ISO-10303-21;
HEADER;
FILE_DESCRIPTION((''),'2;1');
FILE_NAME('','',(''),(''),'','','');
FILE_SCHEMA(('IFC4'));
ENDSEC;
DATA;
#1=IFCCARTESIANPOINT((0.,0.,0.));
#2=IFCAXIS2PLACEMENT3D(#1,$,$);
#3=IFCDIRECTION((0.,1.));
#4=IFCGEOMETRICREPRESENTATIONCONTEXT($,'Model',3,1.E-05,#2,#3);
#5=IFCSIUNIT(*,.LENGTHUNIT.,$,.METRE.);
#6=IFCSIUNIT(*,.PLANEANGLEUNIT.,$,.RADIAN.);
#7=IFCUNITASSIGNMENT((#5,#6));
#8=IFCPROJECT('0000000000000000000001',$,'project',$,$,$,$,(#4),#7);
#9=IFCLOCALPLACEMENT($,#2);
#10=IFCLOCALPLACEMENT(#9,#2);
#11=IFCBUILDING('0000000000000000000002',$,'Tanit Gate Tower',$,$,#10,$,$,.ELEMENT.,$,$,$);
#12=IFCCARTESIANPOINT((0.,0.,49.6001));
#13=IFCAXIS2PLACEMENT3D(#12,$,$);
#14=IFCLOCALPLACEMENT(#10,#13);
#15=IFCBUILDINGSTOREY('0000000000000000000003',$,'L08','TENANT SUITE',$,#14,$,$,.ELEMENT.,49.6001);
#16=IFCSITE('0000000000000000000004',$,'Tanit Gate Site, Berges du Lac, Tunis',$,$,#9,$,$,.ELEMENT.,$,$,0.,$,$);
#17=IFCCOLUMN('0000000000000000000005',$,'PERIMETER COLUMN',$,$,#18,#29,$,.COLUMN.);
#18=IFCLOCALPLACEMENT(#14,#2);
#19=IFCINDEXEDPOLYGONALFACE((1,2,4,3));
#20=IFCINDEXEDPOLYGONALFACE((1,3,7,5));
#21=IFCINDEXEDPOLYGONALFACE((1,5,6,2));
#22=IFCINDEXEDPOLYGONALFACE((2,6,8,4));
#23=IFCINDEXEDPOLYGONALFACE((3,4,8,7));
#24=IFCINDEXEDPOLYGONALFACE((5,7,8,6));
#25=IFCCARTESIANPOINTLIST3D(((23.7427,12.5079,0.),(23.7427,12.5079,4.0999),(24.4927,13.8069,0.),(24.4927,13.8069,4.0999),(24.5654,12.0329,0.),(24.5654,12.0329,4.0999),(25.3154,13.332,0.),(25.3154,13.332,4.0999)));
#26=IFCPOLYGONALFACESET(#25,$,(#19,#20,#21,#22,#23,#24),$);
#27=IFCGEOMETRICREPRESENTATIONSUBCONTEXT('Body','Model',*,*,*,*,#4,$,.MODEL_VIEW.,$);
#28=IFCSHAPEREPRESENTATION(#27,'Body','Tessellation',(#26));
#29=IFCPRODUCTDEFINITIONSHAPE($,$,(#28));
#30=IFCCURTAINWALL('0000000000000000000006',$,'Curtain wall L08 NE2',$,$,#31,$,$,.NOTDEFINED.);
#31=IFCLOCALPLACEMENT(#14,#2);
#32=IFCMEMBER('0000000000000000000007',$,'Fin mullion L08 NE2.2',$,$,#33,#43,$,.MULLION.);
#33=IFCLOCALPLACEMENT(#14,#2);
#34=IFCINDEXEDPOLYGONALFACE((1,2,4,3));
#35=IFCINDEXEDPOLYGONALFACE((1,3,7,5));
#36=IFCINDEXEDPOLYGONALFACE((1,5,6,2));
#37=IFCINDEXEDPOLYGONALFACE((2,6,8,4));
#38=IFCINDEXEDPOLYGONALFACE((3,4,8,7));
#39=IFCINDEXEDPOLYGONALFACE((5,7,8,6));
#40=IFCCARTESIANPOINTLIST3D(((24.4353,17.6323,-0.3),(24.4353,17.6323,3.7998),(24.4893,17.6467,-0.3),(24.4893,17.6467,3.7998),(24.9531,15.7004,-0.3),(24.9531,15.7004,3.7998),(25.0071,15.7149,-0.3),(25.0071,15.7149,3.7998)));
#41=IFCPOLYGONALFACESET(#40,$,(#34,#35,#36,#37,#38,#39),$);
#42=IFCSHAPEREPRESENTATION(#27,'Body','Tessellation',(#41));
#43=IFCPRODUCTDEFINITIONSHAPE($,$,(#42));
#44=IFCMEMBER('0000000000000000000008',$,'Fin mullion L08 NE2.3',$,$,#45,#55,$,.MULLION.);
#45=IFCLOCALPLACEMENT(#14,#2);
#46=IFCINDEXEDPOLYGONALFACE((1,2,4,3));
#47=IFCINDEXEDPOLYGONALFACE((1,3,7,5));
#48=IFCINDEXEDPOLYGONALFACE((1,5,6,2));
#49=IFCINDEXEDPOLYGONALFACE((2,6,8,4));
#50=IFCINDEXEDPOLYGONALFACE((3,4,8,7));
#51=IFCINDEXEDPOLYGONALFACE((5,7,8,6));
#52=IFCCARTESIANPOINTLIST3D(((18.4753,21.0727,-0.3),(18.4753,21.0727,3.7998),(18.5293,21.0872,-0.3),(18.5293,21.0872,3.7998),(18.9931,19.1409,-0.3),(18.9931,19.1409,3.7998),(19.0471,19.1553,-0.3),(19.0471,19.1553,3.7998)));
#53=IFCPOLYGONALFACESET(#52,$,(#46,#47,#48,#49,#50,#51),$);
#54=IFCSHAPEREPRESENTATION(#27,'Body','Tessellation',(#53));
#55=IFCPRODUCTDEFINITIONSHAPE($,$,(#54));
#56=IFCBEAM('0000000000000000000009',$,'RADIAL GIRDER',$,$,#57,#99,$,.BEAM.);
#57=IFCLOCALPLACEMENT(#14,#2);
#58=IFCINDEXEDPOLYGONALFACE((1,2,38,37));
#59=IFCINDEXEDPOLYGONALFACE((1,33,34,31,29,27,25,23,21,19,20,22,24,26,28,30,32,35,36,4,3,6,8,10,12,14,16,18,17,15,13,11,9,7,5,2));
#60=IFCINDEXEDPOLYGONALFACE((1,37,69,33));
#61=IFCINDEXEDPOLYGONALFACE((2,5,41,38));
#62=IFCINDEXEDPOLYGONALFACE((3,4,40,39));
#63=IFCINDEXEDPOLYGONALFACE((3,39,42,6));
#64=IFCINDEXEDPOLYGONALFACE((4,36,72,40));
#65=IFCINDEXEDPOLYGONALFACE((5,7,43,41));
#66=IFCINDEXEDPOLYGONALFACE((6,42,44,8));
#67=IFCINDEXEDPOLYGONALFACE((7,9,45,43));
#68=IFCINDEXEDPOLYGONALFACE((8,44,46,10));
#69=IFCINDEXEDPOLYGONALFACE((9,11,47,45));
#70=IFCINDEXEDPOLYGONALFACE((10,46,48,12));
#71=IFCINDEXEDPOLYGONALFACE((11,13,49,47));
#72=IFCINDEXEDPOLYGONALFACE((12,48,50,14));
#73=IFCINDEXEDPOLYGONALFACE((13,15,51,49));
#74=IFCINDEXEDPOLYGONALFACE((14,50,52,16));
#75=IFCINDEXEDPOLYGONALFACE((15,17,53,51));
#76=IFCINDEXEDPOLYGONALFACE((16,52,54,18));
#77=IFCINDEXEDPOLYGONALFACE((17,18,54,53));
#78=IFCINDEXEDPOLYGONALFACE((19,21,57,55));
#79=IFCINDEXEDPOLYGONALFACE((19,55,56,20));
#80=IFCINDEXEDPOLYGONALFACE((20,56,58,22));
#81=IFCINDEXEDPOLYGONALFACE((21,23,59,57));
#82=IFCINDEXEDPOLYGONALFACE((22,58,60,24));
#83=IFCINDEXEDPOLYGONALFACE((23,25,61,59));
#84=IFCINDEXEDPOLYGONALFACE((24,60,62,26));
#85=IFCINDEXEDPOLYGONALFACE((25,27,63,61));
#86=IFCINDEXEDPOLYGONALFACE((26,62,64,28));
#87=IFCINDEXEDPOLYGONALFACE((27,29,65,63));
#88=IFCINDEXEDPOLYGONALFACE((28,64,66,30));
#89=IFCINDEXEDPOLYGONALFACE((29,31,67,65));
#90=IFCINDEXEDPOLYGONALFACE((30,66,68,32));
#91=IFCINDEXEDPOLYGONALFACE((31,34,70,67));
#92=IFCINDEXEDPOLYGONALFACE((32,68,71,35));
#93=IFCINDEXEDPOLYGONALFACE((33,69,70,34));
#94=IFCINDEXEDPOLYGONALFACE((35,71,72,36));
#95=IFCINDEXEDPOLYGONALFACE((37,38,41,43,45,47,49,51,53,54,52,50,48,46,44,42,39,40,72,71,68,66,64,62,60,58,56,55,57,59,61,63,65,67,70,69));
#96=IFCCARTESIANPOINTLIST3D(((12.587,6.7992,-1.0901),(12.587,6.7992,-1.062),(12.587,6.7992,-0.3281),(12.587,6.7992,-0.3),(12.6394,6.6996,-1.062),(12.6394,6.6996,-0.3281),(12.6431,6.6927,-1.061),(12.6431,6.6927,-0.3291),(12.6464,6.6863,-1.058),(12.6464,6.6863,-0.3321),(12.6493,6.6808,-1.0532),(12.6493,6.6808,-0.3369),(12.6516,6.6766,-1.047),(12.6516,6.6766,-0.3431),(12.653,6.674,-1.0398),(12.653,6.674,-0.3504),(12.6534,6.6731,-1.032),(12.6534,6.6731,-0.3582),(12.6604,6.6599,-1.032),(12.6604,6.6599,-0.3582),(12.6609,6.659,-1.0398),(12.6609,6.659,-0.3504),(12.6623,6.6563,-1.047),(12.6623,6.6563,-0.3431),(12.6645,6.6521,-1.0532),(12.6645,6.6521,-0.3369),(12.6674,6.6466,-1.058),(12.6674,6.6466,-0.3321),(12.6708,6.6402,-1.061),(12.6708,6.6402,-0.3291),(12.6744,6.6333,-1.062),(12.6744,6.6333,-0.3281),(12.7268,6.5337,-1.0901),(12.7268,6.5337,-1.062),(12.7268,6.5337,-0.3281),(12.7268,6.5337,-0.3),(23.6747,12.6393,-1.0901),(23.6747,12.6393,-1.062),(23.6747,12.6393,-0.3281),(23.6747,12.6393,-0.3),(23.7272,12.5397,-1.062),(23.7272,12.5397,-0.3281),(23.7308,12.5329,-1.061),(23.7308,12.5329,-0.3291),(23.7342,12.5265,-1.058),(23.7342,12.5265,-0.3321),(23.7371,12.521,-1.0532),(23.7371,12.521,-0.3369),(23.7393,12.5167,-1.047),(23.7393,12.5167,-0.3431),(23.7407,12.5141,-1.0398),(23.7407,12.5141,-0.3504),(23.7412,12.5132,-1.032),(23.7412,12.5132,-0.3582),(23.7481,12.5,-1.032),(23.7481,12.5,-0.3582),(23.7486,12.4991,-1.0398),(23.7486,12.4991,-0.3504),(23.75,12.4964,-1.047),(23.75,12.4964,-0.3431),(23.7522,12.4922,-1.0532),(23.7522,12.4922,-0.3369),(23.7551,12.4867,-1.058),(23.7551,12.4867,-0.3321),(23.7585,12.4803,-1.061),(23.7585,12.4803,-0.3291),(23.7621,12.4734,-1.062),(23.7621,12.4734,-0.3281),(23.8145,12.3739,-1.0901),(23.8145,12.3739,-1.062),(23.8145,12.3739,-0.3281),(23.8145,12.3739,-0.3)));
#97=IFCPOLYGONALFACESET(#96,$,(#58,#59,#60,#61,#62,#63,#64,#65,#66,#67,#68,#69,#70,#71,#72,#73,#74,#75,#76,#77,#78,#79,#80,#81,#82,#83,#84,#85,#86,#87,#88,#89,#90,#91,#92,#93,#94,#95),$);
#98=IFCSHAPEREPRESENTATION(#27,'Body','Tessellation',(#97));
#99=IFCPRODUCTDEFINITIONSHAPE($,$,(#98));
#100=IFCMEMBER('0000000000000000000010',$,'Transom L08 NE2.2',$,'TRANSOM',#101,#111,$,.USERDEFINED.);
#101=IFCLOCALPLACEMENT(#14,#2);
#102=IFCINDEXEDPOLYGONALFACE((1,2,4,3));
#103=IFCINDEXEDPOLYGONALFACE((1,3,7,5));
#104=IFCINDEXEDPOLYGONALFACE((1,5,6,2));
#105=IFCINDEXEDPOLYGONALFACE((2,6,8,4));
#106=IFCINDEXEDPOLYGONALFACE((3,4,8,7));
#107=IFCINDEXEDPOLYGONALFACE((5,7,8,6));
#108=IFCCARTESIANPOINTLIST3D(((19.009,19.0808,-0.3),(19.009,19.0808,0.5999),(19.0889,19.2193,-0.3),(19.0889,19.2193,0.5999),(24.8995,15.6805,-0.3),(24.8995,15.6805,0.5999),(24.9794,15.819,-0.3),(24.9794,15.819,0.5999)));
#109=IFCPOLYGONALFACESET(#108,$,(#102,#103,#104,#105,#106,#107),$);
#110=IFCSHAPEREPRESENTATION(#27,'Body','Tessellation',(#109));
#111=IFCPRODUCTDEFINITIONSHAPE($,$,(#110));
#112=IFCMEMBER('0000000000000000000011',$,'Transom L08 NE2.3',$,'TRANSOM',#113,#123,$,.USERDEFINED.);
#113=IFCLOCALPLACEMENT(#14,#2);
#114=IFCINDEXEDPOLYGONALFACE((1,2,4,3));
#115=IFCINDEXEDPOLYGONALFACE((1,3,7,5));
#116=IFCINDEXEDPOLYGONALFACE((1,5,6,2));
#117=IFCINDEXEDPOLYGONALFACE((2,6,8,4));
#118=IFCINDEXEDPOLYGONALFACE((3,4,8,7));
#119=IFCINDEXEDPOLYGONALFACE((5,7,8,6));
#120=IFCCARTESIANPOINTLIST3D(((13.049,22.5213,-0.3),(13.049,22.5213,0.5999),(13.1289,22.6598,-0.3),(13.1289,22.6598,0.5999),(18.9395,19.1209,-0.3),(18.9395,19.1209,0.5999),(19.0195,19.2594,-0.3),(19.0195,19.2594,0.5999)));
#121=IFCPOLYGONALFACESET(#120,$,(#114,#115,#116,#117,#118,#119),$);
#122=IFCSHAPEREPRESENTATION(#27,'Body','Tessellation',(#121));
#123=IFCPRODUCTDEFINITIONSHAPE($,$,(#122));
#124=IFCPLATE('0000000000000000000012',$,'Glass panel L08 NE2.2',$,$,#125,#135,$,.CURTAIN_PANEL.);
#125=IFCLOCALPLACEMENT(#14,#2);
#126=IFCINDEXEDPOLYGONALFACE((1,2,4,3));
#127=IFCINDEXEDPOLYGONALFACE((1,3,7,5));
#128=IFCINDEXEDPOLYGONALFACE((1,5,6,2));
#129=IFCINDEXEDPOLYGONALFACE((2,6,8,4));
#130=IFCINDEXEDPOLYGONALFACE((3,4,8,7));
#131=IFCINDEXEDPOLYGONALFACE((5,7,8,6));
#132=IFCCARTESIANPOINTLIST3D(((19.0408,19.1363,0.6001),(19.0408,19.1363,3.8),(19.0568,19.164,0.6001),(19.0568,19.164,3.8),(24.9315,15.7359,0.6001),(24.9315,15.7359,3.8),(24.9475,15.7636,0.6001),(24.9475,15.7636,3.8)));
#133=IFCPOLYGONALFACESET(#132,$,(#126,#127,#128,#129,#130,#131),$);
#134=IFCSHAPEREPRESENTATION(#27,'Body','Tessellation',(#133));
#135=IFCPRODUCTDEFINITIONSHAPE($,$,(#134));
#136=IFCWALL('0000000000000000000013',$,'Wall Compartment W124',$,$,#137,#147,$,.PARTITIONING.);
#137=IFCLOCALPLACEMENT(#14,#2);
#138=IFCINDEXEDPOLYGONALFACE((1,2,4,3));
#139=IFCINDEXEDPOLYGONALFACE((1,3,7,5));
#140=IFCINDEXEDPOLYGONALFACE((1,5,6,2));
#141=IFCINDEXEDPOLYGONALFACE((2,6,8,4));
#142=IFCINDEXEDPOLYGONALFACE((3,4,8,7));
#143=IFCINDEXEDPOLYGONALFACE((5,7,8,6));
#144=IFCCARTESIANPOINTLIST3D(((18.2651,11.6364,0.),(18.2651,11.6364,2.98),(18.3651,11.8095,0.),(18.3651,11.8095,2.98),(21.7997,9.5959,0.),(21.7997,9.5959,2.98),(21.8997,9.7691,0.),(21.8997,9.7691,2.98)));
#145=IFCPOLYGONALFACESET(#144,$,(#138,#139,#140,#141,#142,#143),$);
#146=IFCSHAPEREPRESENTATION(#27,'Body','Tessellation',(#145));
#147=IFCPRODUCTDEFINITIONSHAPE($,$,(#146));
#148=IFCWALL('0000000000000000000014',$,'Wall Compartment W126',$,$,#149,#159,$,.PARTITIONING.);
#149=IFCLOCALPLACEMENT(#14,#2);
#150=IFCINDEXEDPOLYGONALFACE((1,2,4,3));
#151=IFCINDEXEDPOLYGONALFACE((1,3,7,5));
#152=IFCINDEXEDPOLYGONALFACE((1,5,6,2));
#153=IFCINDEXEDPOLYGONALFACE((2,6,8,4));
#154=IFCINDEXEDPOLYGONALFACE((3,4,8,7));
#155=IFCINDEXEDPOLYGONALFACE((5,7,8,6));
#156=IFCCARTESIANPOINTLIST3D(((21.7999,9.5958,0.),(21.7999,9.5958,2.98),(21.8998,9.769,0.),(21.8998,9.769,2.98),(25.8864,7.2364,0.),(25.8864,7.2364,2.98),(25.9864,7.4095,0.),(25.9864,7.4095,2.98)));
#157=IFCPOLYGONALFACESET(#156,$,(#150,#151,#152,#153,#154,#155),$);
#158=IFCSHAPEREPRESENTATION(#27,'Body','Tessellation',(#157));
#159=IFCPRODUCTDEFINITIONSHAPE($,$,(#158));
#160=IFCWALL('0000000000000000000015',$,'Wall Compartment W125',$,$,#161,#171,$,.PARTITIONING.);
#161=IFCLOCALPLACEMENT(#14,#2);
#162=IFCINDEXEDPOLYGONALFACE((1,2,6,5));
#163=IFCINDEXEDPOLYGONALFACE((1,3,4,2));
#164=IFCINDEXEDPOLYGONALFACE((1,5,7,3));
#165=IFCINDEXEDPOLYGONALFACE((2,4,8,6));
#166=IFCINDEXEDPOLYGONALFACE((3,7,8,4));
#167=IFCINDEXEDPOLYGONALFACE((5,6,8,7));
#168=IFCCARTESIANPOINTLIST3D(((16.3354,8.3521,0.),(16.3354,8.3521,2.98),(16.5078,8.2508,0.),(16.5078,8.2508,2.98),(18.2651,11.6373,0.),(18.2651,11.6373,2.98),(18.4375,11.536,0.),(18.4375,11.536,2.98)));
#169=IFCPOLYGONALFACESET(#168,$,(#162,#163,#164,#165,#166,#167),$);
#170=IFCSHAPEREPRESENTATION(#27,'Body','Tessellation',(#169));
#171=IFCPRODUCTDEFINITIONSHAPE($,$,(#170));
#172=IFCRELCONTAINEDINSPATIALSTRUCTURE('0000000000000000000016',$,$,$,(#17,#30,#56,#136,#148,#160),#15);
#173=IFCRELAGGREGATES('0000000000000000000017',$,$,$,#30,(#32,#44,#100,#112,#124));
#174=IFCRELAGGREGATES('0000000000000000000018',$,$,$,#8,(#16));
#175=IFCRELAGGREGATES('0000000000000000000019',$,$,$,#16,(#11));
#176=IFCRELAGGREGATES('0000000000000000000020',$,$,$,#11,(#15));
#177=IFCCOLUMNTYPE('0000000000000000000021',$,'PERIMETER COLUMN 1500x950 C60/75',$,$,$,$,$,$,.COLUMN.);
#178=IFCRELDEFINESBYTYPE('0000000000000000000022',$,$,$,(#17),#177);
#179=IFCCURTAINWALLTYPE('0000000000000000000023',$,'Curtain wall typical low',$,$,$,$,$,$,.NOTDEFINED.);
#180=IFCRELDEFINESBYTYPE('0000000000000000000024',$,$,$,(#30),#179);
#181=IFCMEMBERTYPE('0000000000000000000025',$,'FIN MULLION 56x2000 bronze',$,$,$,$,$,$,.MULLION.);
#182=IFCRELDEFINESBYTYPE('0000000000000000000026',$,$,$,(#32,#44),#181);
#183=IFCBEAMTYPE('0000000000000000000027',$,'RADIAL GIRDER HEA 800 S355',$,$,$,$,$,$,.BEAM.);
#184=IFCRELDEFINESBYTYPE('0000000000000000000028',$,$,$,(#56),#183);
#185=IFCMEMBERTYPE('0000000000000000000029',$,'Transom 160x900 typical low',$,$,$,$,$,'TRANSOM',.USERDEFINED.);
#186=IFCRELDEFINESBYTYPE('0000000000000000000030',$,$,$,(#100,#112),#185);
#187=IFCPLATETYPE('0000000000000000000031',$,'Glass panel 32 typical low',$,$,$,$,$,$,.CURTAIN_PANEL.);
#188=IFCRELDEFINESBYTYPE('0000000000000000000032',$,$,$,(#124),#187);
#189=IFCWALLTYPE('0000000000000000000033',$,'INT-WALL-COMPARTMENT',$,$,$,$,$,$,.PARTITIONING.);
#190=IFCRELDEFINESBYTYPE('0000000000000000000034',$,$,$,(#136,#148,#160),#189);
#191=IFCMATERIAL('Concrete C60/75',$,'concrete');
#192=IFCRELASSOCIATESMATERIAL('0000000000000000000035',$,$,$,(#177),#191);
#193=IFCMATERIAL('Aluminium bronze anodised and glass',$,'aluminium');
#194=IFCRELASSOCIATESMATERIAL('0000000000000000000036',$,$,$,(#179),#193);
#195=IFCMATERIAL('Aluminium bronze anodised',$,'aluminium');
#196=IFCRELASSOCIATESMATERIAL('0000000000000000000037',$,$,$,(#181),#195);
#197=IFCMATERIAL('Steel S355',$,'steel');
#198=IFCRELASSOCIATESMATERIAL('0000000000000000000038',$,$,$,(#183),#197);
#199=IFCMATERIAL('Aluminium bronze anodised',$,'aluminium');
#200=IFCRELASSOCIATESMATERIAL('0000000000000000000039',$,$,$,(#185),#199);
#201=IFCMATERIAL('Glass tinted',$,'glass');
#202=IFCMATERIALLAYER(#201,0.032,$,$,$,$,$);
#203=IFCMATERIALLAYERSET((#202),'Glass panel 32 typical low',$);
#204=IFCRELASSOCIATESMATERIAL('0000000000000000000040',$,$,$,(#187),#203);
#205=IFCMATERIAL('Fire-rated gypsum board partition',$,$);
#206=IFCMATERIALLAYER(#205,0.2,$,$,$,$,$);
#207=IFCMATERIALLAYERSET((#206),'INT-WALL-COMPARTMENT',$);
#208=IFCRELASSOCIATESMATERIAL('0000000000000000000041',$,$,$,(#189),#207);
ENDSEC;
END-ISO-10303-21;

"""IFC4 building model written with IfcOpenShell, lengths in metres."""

from ifc_helpers import new_model, si_unit, direction, frame, frame_2d, origin, origin_2d, place, context, subcontext, project, spatial, rectangle, i_section, extrude, material, layer, layer_set, material_profile, profile_set, type_object, element, aggregate, save


model = new_model("IFC4")

# Units and contexts
model_context = context("Model", 3, precision=1e-05, world=origin(), true_north=direction((0.0, 1.0)))
body_context = subcontext(model_context, "Body", "Model", "MODEL_VIEW")
ifc_project = project(units=[si_unit("LENGTHUNIT", "METRE"), si_unit("PLANEANGLEUNIT", "RADIAN")], contexts=[model_context])

# Site, building, storey
site_placement = place(None, origin())
site = spatial("IfcSite", under=ifc_project, at=site_placement, Name="Tanit Gate Site, Berges du Lac, Tunis", CompositionType="ELEMENT", RefElevation=0.0)
building_placement = place(site_placement, origin())
building = spatial("IfcBuilding", under=site, at=building_placement, Name="Tanit Gate Tower", CompositionType="ELEMENT")
storey_placement = place(building_placement, frame((0.0, 0.0, 49.6001)))
storey = spatial("IfcBuildingStorey", under=building, at=storey_placement, Name="L08", Description="TENANT SUITE", CompositionType="ELEMENT", Elevation=49.6001)

# Column
ifc_material_1 = material(Name="Concrete C60/75", Category="concrete")
ifc_material_profile_1 = material_profile(ifc_material_1, rectangle(XDim=1.5, YDim=0.95, at=origin_2d()), Name="RC 1500x950")
ifc_profile_set_1 = profile_set([ifc_material_profile_1], Name="Concrete C60/75")
column_type = type_object("IfcColumnType", Name="PERIMETER COLUMN 1500x950 C60/75", PredefinedType="COLUMN", material=ifc_profile_set_1)
column_placement = place(storey_placement, frame((24.5291, 12.9199, 0.0), z_axis=(0.0, 0.0, 1.0), x_axis=(0.5, 0.866025, 0.0)))
element("IfcColumn", 1, at=column_placement, inside=storey, type_object=column_type, Name="PERIMETER COLUMN", PredefinedType="COLUMN", context=body_context, shape_type="SweptSolid", body=[
    extrude(rectangle(XDim=1.5, YDim=0.95, at=origin_2d()), origin(), (0.0, 0.0, 1.0), 4.0999),
])

# Curtain wall, members
ifc_material_2 = material(Name="Aluminium bronze anodised and glass", Category="aluminium")
curtain_wall_type = type_object("IfcCurtainWallType", Name="Curtain wall typical low", PredefinedType="NOTDEFINED", material=ifc_material_2)
curtain_wall_placement = place(storey_placement, origin())
curtain_wall = element("IfcCurtainWall", 2, at=curtain_wall_placement, inside=storey, type_object=curtain_wall_type, Name="Curtain wall L08 NE2", PredefinedType="NOTDEFINED")
ifc_material_3 = material(Name="Aluminium bronze anodised", Category="aluminium")
ifc_material_profile_2 = material_profile(ifc_material_3, rectangle(XDim=2.0, YDim=0.0559, at=origin_2d()), Name="56x2000 bronze fin mullion")
ifc_profile_set_2 = profile_set([ifc_material_profile_2], Name="Aluminium bronze anodised")
member_type_1 = type_object("IfcMemberType", Name="FIN MULLION 56x2000 bronze", PredefinedType="MULLION", material=ifc_profile_set_2)
member_1_placement = place(storey_placement, frame((24.7212, 16.6736, -0.3), z_axis=(0.0, 0.0, 1.0), x_axis=(0.258886, -0.965908, 0.0)))
member_1 = element("IfcMember", 3, at=member_1_placement, type_object=member_type_1, Name="Fin mullion L08 NE2.2", PredefinedType="MULLION", context=body_context, shape_type="SweptSolid", body=[
    extrude(rectangle(XDim=2.0, YDim=0.0559, at=origin_2d()), origin(), (0.0, 0.0, 1.0), 4.0999),
])
member_2_placement = place(storey_placement, frame((18.7612, 20.114, -0.3), z_axis=(0.0, 0.0, 1.0), x_axis=(0.258886, -0.965908, 0.0)))
member_2 = element("IfcMember", 4, at=member_2_placement, type_object=member_type_1, Name="Fin mullion L08 NE2.3", PredefinedType="MULLION", context=body_context, shape_type="SweptSolid", body=[
    extrude(rectangle(XDim=2.0, YDim=0.0559, at=origin_2d()), origin(), (0.0, 0.0, 1.0), 4.0999),
])

# Beam
ifc_material_4 = material(Name="Steel S355", Category="steel")
ifc_material_profile_3 = material_profile(ifc_material_4, i_section(OverallWidth=0.3, OverallDepth=0.79, WebThickness=0.0149, FlangeThickness=0.0281, FilletRadius=0.03, at=origin_2d()), Name="HEA 800")
ifc_profile_set_3 = profile_set([ifc_material_profile_3], Name="Steel S355")
beam_type = type_object("IfcBeamType", Name="RADIAL GIRDER HEA 800 S355", PredefinedType="BEAM", material=ifc_profile_set_3)
beam_placement = place(storey_placement, frame((23.7446, 12.5066, -0.6951), z_axis=(-0.884771, -0.466027, 0.0), x_axis=(0.466027, -0.884771, 0.0)))
element("IfcBeam", 5, at=beam_placement, inside=storey, type_object=beam_type, Name="RADIAL GIRDER", PredefinedType="BEAM", context=body_context, shape_type="SweptSolid", body=[
    extrude(i_section(OverallWidth=0.3, OverallDepth=0.79, WebThickness=0.0149, FlangeThickness=0.0281, FilletRadius=0.03, at=origin_2d()), origin(), (0.0, 0.0, 1.0), 12.5317),
])

# Members
ifc_material_5 = material(Name="Aluminium bronze anodised", Category="aluminium")
ifc_material_profile_4 = material_profile(ifc_material_5, rectangle(XDim=0.1599, YDim=0.8999, at=origin_2d()), Name="160x900 bronze transom")
ifc_profile_set_4 = profile_set([ifc_material_profile_4], Name="Aluminium bronze anodised")
member_type_2 = type_object("IfcMemberType", Name="Transom 160x900 typical low", ElementType="TRANSOM", PredefinedType="USERDEFINED", material=ifc_profile_set_4)
member_3_placement = place(storey_placement, frame((24.9395, 15.7498, 0.1499), z_axis=(-0.866061, 0.499938, 0.0), x_axis=(-0.499938, -0.866061, 0.0)))
member_3 = element("IfcMember", 6, at=member_3_placement, type_object=member_type_2, Name="Transom L08 NE2.2", ObjectType="TRANSOM", PredefinedType="USERDEFINED", context=body_context, shape_type="SweptSolid", body=[
    extrude(rectangle(XDim=0.1599, YDim=0.8999, at=origin_2d()), origin(), (0.0, 0.0, 1.0), 6.8015),
])
member_4_placement = place(storey_placement, frame((18.9795, 19.1902, 0.1499), z_axis=(-0.866061, 0.499938, 0.0), x_axis=(-0.499938, -0.866061, 0.0)))
member_4 = element("IfcMember", 7, at=member_4_placement, type_object=member_type_2, Name="Transom L08 NE2.3", ObjectType="TRANSOM", PredefinedType="USERDEFINED", context=body_context, shape_type="SweptSolid", body=[
    extrude(rectangle(XDim=0.1599, YDim=0.8999, at=origin_2d()), origin(), (0.0, 0.0, 1.0), 6.8015),
])

# Plate
ifc_material_6 = material(Name="Glass tinted", Category="glass")
ifc_layer_1 = layer(ifc_material_6, 0.032)
ifc_layer_set_1 = layer_set([ifc_layer_1], Name="Glass panel 32 typical low")
plate_type = type_object("IfcPlateType", Name="Glass panel 32 typical low", PredefinedType="CURTAIN_PANEL", material=ifc_layer_set_1)
plate_placement = place(storey_placement, frame((21.9941, 17.45, 0.6001), z_axis=(0.0, 0.0, 1.0), x_axis=(-0.86606, 0.49994, 0.0)))
plate = element("IfcPlate", 8, at=plate_placement, type_object=plate_type, Name="Glass panel L08 NE2.2", PredefinedType="CURTAIN_PANEL", context=body_context, shape_type="SweptSolid", body=[
    extrude(rectangle(XDim=6.8018, YDim=0.032, at=origin_2d()), origin(), (0.0, 0.0, 1.0), 3.2),
])
aggregate(curtain_wall, [member_1, member_2, member_3, member_4, plate])

# Walls
ifc_material_7 = material(Name="Fire-rated gypsum board partition")
ifc_layer_2 = layer(ifc_material_7, 0.2)
ifc_layer_set_2 = layer_set([ifc_layer_2], Name="INT-WALL-COMPARTMENT")
wall_type = type_object("IfcWallType", Name="INT-WALL-COMPARTMENT", PredefinedType="PARTITIONING", material=ifc_layer_set_2)
wall_1_placement = place(storey_placement, frame((18.3152, 11.7229, 0.0), z_axis=(0.0, 0.0, 1.0), x_axis=(0.866048, -0.499961, 0.0)))
element("IfcWall", 9, at=wall_1_placement, inside=storey, type_object=wall_type, Name="Wall Compartment W124", PredefinedType="PARTITIONING", context=body_context, shape_type="SweptSolid", body=[
    extrude(rectangle(XDim=4.0813, YDim=0.2, at=frame_2d((2.0405, 0.0))), origin(), (0.0, 0.0, 1.0), 2.98),
])
wall_2_placement = place(storey_placement, frame((21.8499, 9.6824, 0.0), z_axis=(0.0, 0.0, 1.0), x_axis=(0.866018, -0.500012, 0.0)))
element("IfcWall", 10, at=wall_2_placement, inside=storey, type_object=wall_type, Name="Wall Compartment W126", PredefinedType="PARTITIONING", context=body_context, shape_type="SweptSolid", body=[
    extrude(rectangle(XDim=4.7188, YDim=0.2, at=frame_2d((2.3594, 0.0))), origin(), (0.0, 0.0, 1.0), 2.98),
])
wall_3_placement = place(storey_placement, frame((18.3513, 11.5867, 0.0), z_axis=(0.0, 0.0, 1.0), x_axis=(-0.506482, -0.86225, 0.0)))
element("IfcWall", 11, at=wall_3_placement, inside=storey, type_object=wall_type, Name="Wall Compartment W125", PredefinedType="PARTITIONING", context=body_context, shape_type="SweptSolid", body=[
    extrude(rectangle(XDim=3.8101, YDim=0.2, at=frame_2d((1.905, 0.0))), origin(), (0.0, 0.0, 1.0), 2.98),
])

save(model, "model.ifc")
